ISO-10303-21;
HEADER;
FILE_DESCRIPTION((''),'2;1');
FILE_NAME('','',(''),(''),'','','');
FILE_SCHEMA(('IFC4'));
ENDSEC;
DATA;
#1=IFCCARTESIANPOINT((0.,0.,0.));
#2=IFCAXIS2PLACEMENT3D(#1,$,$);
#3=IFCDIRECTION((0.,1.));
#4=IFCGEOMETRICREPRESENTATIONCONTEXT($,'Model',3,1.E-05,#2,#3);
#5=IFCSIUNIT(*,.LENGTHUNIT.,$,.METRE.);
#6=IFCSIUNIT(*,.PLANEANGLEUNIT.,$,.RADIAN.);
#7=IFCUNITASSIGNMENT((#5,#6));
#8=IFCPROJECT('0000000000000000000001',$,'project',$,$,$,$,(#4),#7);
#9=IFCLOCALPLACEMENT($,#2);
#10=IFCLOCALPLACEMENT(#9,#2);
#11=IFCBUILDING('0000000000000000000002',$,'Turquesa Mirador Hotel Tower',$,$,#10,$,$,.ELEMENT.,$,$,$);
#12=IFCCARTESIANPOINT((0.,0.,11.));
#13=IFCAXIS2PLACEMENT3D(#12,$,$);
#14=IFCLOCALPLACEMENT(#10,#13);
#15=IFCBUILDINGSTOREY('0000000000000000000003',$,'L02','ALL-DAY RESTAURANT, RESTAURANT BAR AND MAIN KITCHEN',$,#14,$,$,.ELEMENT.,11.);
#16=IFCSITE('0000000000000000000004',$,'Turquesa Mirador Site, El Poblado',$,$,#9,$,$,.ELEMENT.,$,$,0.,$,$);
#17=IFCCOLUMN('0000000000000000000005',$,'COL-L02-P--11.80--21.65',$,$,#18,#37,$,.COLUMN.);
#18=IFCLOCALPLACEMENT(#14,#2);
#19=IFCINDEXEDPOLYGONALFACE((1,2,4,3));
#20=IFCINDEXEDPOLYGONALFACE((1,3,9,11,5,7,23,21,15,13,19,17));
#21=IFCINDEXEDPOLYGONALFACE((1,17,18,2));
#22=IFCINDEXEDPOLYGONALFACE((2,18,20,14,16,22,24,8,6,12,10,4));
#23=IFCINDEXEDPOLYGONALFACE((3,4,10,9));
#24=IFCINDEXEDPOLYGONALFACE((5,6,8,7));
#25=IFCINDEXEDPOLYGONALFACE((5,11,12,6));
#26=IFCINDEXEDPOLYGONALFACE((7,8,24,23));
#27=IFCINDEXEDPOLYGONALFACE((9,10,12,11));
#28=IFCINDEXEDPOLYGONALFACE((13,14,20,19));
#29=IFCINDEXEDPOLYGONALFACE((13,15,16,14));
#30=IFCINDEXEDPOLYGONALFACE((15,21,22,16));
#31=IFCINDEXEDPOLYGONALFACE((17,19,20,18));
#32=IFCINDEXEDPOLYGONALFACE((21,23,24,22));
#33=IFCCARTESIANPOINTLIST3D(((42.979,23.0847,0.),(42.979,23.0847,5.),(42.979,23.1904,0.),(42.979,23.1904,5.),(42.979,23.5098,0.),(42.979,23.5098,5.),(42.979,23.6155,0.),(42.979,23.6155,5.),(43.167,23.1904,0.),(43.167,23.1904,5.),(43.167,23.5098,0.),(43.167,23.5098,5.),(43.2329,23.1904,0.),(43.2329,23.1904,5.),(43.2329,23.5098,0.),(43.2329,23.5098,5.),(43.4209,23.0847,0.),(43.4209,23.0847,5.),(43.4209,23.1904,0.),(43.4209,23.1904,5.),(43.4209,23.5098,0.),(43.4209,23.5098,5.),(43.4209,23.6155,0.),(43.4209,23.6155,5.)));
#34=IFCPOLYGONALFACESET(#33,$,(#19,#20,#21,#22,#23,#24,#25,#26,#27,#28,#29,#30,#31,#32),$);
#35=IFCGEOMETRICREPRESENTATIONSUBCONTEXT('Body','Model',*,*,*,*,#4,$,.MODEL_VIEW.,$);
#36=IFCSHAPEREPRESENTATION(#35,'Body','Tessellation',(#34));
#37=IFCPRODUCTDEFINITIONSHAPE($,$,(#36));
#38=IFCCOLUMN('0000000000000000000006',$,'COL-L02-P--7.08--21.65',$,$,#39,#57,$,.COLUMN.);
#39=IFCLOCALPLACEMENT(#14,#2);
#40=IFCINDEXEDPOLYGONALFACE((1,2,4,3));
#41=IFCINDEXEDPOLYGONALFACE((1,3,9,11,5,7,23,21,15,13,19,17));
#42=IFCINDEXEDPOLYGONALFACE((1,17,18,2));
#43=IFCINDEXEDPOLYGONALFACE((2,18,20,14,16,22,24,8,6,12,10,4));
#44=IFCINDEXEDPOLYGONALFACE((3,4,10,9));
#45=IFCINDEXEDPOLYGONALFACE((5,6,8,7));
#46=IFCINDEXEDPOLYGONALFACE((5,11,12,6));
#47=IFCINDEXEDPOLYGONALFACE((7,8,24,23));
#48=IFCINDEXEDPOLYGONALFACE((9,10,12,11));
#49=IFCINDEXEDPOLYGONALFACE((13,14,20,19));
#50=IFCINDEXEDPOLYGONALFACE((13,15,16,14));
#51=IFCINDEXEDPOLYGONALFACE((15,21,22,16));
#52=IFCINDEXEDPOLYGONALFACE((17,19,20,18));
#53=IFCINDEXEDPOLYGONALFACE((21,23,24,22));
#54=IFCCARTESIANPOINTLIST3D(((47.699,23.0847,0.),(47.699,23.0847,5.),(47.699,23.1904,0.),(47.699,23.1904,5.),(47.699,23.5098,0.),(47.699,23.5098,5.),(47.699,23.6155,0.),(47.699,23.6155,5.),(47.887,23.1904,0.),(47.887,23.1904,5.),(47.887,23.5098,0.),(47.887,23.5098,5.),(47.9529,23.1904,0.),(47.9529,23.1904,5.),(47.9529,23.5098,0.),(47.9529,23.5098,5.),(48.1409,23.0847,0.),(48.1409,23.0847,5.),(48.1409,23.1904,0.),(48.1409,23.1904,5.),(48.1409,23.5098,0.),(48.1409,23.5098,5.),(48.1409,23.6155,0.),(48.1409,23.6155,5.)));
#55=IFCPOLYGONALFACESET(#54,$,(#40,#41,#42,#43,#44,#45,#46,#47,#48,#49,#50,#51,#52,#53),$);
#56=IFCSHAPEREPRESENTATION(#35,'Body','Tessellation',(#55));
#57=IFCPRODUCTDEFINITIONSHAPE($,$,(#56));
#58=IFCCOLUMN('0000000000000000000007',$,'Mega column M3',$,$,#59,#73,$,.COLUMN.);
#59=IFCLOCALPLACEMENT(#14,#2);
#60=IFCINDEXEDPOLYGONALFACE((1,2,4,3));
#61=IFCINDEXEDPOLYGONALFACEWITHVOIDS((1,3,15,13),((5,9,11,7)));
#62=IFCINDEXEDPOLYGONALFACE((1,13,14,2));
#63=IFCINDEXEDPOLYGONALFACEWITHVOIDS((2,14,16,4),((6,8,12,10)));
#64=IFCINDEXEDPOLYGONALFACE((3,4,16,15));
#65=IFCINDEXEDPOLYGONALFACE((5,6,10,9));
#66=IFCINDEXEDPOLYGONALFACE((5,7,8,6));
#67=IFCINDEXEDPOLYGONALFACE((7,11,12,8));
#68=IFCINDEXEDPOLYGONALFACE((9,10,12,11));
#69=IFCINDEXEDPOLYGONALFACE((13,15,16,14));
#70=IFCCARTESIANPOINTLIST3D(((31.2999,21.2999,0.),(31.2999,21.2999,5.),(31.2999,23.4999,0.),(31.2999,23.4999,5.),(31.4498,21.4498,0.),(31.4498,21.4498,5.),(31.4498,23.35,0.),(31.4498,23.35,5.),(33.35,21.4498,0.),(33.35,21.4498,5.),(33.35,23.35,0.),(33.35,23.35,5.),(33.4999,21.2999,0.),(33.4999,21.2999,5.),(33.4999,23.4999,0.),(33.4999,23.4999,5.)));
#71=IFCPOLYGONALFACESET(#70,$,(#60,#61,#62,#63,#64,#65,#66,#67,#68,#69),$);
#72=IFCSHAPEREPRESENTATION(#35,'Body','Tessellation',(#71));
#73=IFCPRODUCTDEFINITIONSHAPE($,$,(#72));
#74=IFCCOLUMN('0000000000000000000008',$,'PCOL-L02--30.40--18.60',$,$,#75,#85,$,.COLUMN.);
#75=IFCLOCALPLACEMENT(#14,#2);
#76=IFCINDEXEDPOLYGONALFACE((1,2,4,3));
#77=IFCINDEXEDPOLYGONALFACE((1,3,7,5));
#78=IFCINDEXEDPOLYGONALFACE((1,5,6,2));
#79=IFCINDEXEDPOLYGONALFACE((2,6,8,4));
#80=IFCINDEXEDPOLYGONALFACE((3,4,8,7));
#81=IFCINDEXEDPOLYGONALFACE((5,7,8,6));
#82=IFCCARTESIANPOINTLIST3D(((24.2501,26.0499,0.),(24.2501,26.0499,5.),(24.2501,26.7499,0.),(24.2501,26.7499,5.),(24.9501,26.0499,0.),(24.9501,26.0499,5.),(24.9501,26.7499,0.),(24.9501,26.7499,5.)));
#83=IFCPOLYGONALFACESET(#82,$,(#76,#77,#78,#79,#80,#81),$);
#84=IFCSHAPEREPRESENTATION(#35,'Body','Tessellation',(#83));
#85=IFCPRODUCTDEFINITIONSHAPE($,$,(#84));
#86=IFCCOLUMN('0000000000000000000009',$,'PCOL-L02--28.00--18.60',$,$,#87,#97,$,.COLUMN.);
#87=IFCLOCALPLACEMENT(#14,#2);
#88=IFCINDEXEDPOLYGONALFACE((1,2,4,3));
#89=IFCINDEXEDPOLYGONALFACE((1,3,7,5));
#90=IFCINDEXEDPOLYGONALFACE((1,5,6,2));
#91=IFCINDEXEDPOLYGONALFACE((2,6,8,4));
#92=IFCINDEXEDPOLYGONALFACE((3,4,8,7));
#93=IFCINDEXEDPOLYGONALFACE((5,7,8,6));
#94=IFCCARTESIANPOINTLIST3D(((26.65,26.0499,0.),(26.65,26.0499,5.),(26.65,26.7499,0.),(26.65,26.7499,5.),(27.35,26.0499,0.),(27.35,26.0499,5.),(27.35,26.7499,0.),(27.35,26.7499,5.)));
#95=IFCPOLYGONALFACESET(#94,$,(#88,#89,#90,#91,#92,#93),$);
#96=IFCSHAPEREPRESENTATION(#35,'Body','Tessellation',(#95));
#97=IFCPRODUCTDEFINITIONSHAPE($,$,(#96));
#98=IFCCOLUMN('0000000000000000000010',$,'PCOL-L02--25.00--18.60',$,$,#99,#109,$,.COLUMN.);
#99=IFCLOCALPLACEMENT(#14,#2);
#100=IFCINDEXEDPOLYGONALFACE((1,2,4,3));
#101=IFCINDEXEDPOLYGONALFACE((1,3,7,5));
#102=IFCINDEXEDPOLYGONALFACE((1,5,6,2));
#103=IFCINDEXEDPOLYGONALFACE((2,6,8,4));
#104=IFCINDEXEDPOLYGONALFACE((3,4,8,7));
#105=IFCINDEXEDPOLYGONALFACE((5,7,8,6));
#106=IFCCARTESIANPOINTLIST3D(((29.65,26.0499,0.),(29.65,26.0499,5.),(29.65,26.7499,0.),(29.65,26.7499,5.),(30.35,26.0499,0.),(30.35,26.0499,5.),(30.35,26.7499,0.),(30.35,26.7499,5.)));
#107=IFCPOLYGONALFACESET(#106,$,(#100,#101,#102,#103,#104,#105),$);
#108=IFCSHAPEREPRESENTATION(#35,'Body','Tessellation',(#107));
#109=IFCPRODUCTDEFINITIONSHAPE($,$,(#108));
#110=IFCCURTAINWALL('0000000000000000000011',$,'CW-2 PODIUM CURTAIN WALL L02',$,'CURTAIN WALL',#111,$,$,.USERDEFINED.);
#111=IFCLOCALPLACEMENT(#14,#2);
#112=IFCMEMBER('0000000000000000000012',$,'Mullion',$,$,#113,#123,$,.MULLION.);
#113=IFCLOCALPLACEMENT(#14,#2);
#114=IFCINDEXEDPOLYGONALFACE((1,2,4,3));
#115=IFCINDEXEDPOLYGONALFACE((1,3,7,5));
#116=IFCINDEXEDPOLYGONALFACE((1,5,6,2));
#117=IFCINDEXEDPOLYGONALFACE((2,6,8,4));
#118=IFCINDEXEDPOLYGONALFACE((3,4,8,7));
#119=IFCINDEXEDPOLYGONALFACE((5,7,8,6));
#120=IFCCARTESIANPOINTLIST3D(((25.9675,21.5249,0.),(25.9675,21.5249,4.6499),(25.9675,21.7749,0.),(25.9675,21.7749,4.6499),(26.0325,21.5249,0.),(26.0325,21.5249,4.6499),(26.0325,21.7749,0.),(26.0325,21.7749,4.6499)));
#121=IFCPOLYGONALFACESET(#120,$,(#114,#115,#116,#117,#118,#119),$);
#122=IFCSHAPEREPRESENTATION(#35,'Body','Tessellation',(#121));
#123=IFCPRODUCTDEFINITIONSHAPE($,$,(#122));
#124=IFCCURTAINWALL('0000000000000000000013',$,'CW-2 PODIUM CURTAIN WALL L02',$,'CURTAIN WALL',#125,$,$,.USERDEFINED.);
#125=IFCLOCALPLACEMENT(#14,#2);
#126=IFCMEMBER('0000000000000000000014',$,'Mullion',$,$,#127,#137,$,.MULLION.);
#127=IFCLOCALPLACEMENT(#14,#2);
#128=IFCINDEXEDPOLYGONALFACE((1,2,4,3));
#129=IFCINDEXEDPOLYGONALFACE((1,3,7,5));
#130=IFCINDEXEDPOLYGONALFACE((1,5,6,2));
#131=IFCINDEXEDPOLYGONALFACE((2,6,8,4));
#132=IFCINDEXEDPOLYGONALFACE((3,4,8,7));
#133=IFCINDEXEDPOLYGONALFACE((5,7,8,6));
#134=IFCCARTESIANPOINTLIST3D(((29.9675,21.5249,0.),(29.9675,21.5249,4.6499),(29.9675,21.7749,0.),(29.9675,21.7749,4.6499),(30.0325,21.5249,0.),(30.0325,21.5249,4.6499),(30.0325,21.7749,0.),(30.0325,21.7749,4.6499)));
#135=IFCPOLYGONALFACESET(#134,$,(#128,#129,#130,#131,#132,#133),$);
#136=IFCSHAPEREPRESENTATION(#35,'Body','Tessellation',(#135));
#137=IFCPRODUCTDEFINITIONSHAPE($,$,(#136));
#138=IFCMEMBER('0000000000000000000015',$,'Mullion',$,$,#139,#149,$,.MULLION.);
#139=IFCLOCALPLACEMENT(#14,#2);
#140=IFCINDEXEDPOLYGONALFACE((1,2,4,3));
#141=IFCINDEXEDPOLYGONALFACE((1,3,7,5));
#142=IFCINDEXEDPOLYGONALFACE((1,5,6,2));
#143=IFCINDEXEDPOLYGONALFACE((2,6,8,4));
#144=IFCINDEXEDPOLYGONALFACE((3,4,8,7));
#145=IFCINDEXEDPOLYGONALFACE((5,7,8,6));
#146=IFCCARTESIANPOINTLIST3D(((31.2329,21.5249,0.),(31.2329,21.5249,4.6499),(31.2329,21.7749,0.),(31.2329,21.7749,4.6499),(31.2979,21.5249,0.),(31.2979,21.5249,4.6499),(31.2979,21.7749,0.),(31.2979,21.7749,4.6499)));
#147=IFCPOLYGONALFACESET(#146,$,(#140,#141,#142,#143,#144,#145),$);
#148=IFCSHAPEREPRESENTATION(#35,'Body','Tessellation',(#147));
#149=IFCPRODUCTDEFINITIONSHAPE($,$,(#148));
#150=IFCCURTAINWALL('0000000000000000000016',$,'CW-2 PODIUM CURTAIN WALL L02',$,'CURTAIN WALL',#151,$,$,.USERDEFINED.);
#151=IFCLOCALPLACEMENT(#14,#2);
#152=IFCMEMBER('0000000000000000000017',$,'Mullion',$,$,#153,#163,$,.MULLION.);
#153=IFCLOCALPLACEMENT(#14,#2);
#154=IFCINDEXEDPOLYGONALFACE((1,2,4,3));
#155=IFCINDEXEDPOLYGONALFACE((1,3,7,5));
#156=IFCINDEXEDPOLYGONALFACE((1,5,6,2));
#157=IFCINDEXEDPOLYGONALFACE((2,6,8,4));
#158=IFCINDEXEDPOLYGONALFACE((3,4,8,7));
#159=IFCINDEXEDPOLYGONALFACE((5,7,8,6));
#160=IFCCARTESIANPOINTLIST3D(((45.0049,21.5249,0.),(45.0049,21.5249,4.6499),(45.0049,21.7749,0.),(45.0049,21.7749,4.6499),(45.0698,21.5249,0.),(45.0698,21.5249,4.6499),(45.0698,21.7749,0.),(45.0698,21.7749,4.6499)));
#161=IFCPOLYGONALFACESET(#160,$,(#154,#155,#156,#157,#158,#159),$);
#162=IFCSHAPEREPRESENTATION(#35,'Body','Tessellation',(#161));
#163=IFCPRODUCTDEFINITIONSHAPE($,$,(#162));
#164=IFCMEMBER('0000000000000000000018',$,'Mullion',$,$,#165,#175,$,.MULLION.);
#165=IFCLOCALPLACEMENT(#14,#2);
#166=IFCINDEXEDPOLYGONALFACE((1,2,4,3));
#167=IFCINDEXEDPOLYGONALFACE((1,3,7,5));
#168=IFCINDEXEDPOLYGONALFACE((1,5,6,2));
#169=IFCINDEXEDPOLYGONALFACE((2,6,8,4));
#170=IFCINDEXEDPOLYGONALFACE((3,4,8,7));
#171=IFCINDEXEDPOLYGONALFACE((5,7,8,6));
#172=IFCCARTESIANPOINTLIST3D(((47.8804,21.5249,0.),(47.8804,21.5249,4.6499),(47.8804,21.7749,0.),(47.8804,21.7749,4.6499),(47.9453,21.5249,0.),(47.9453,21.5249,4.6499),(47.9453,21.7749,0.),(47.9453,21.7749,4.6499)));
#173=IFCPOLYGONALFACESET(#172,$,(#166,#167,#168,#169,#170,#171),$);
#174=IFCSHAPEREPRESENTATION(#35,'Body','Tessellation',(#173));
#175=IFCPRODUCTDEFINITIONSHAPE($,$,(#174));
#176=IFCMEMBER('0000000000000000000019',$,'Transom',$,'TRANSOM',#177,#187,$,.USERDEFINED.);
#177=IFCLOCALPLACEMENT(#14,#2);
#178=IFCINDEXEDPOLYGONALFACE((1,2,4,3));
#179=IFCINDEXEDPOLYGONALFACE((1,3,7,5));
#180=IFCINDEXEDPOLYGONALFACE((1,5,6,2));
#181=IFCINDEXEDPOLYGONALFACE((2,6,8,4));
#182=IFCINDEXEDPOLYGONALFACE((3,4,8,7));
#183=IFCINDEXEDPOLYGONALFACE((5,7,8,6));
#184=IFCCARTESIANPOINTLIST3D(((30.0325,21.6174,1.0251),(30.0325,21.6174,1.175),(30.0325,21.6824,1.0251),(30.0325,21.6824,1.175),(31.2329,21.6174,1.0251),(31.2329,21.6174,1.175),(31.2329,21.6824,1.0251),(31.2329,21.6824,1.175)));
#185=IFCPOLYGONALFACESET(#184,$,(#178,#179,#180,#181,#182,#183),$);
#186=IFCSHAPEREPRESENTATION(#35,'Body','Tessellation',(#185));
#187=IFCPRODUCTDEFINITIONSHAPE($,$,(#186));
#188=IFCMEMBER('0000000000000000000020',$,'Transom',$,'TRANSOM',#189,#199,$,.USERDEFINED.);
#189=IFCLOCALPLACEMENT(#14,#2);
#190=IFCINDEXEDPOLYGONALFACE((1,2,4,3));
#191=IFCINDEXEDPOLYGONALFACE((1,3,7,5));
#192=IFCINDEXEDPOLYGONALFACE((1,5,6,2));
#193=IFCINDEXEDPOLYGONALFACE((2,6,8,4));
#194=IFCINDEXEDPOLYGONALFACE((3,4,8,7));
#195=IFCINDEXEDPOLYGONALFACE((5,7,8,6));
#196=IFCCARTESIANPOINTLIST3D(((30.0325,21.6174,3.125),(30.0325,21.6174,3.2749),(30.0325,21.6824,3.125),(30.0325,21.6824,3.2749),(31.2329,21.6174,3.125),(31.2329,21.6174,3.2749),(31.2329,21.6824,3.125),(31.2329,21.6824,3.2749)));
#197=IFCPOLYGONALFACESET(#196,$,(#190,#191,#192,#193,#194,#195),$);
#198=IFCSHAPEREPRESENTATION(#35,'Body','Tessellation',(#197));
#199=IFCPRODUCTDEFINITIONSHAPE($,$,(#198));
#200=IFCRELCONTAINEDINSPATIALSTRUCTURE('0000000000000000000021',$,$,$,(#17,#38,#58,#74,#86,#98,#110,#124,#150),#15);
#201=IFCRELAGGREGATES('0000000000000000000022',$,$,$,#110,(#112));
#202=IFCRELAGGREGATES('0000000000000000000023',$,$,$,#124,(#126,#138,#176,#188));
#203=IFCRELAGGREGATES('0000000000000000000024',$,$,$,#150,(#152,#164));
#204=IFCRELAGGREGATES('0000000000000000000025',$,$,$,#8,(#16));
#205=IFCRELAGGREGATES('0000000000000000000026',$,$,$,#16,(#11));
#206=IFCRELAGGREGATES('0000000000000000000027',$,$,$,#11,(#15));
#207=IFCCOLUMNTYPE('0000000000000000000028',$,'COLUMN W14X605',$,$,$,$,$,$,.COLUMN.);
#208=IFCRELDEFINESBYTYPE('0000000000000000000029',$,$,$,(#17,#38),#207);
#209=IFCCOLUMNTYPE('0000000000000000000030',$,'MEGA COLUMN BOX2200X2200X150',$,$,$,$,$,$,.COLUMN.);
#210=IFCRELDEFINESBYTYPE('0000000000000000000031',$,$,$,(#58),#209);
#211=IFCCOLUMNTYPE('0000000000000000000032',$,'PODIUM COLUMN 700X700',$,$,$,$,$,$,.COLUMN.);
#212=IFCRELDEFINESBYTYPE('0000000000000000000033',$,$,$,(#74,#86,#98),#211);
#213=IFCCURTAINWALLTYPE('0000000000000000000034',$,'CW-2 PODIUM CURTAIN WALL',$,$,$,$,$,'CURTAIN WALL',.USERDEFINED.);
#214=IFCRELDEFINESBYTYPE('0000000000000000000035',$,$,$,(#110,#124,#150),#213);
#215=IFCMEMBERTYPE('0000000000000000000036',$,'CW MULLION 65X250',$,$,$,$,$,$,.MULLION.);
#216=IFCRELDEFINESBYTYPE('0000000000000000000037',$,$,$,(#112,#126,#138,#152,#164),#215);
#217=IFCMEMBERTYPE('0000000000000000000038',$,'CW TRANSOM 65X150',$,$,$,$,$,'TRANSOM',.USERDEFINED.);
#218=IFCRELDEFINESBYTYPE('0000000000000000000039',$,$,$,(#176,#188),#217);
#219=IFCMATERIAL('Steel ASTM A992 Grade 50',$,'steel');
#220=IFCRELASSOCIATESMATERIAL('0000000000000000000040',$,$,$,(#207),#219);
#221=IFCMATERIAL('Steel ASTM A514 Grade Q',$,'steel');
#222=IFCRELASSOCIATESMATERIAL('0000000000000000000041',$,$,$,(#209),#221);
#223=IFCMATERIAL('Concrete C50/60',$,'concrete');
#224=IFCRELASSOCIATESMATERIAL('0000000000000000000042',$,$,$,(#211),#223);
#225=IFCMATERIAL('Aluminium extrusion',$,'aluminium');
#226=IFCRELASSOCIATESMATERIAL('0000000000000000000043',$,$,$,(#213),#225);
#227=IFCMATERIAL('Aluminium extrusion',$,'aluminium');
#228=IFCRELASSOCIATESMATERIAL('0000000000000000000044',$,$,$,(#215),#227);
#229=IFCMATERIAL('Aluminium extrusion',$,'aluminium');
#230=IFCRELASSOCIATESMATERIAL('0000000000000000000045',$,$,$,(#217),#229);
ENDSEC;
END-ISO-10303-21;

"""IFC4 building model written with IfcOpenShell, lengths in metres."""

from ifc_helpers import new_model, si_unit, direction, frame, origin, origin_2d, place, context, subcontext, project, spatial, rectangle, hollow_rectangle, i_section, extrude, material, material_profile, profile_set, type_object, element, aggregate, save


model = new_model("IFC4")

# Units and contexts
model_context = context("Model", 3, precision=1e-05, world=origin(), true_north=direction((0.0, 1.0)))
body_context = subcontext(model_context, "Body", "Model", "MODEL_VIEW")
ifc_project = project(units=[si_unit("LENGTHUNIT", "METRE"), si_unit("PLANEANGLEUNIT", "RADIAN")], contexts=[model_context])

# Site, building, storey
site_placement = place(None, origin())
site = spatial("IfcSite", under=ifc_project, at=site_placement, Name="Turquesa Mirador Site, El Poblado", CompositionType="ELEMENT", RefElevation=0.0)
building_placement = place(site_placement, origin())
building = spatial("IfcBuilding", under=site, at=building_placement, Name="Turquesa Mirador Hotel Tower", CompositionType="ELEMENT")
storey_placement = place(building_placement, frame((0.0, 0.0, 11.0)))
storey = spatial("IfcBuildingStorey", under=building, at=storey_placement, Name="L02", Description="ALL-DAY RESTAURANT, RESTAURANT BAR AND MAIN KITCHEN", CompositionType="ELEMENT", Elevation=11.0)

# Columns
ifc_material_1 = material(Name="Steel ASTM A992 Grade 50", Category="steel")
ifc_material_profile_1 = material_profile(ifc_material_1, i_section(OverallWidth=0.4419, OverallDepth=0.5308, WebThickness=0.0659, FlangeThickness=0.1057, at=origin_2d()), Name="W14X605")
ifc_profile_set_1 = profile_set([ifc_material_profile_1], Name="Steel ASTM A992 Grade 50")
column_type_1 = type_object("IfcColumnType", Name="COLUMN W14X605", PredefinedType="COLUMN", material=ifc_profile_set_1)
for number, where, z_axis, x_axis, name in (
    (1, (43.2, 23.3501, 0.0), (0.0, 0.0, 1.0), (1.0, 0.0, 0.0), "COL-L02-P--11.80--21.65"),
    (2, (47.9199, 23.3501, 0.0), (0.0, 0.0, 1.0), (1.0, 0.0, 0.0), "COL-L02-P--7.08--21.65"),
):
    element("IfcColumn", number, at=place(storey_placement, frame(where, z_axis=z_axis, x_axis=x_axis)), inside=storey, type_object=column_type_1, Name=name, PredefinedType="COLUMN", context=body_context, shape_type="SweptSolid", body=[
        extrude(i_section(OverallWidth=0.4419, OverallDepth=0.5308, WebThickness=0.0659, FlangeThickness=0.1057, at=origin_2d()), origin(), (0.0, 0.0, 1.0), 5.0),
    ])
ifc_material_2 = material(Name="Steel ASTM A514 Grade Q", Category="steel")
ifc_material_profile_2 = material_profile(ifc_material_2, hollow_rectangle(XDim=2.2, YDim=2.2, WallThickness=0.1499, at=origin_2d()), Name="BOX2200X2200X150")
ifc_profile_set_2 = profile_set([ifc_material_profile_2], Name="Steel ASTM A514 Grade Q")
column_type_2 = type_object("IfcColumnType", Name="MEGA COLUMN BOX2200X2200X150", PredefinedType="COLUMN", material=ifc_profile_set_2)
column_placement = place(storey_placement, frame((32.3999, 22.3999, 0.0), z_axis=(0.0, 0.0, 1.0), x_axis=(1.0, 0.0, 0.0)))
element("IfcColumn", 3, at=column_placement, inside=storey, type_object=column_type_2, Name="Mega column M3", PredefinedType="COLUMN", context=body_context, shape_type="SweptSolid", body=[
    extrude(hollow_rectangle(XDim=2.2, YDim=2.2, WallThickness=0.1499, at=origin_2d()), origin(), (0.0, 0.0, 1.0), 5.0),
])
ifc_material_3 = material(Name="Concrete C50/60", Category="concrete")
ifc_material_profile_3 = material_profile(ifc_material_3, rectangle(XDim=0.7, YDim=0.7, at=origin_2d()), Name="RC 700X700")
ifc_profile_set_3 = profile_set([ifc_material_profile_3], Name="Concrete C50/60")
column_type_3 = type_object("IfcColumnType", Name="PODIUM COLUMN 700X700", PredefinedType="COLUMN", material=ifc_profile_set_3)
for number, where, z_axis, x_axis, name in (
    (4, (24.6001, 26.3999, 0.0), (0.0, 0.0, 1.0), (1.0, 0.0, 0.0), "PCOL-L02--30.40--18.60"),
    (5, (27.0, 26.3999, 0.0), (0.0, 0.0, 1.0), (1.0, 0.0, 0.0), "PCOL-L02--28.00--18.60"),
    (6, (30.0, 26.3999, 0.0), (0.0, 0.0, 1.0), (1.0, 0.0, 0.0), "PCOL-L02--25.00--18.60"),
):
    element("IfcColumn", number, at=place(storey_placement, frame(where, z_axis=z_axis, x_axis=x_axis)), inside=storey, type_object=column_type_3, Name=name, PredefinedType="COLUMN", context=body_context, shape_type="SweptSolid", body=[
        extrude(rectangle(XDim=0.7, YDim=0.7, at=origin_2d()), origin(), (0.0, 0.0, 1.0), 5.0),
    ])

# Curtain wall, member
ifc_material_4 = material(Name="Aluminium extrusion", Category="aluminium")
curtain_wall_type = type_object("IfcCurtainWallType", Name="CW-2 PODIUM CURTAIN WALL", ElementType="CURTAIN WALL", PredefinedType="USERDEFINED", material=ifc_material_4)
curtain_wall_1_placement = place(storey_placement, origin())
curtain_wall_1 = element("IfcCurtainWall", 7, at=curtain_wall_1_placement, inside=storey, type_object=curtain_wall_type, Name="CW-2 PODIUM CURTAIN WALL L02", ObjectType="CURTAIN WALL", PredefinedType="USERDEFINED")
ifc_material_5 = material(Name="Aluminium extrusion", Category="aluminium")
ifc_material_profile_4 = material_profile(ifc_material_5, rectangle(XDim=0.0649, YDim=0.25, at=origin_2d()), Name="MULLION 65X250")
ifc_profile_set_4 = profile_set([ifc_material_profile_4], Name="Aluminium extrusion")
member_type_1 = type_object("IfcMemberType", Name="CW MULLION 65X250", PredefinedType="MULLION", material=ifc_profile_set_4)
member_1_placement = place(storey_placement, frame((26.0, 21.6499, 0.0), z_axis=(0.0, 0.0, 1.0), x_axis=(1.0, 0.0, 0.0)))
member_1 = element("IfcMember", 8, at=member_1_placement, type_object=member_type_1, Name="Mullion", PredefinedType="MULLION", context=body_context, shape_type="SweptSolid", body=[
    extrude(rectangle(XDim=0.0649, YDim=0.25, at=origin_2d()), origin(), (0.0, 0.0, 1.0), 4.6499),
])

# Curtain walls, members
curtain_wall_2_placement = place(storey_placement, origin())
curtain_wall_2 = element("IfcCurtainWall", 9, at=curtain_wall_2_placement, inside=storey, type_object=curtain_wall_type, Name="CW-2 PODIUM CURTAIN WALL L02", ObjectType="CURTAIN WALL", PredefinedType="USERDEFINED")
member_2_placement = place(storey_placement, frame((30.0, 21.6499, 0.0), z_axis=(0.0, 0.0, 1.0), x_axis=(1.0, 0.0, 0.0)))
member_2 = element("IfcMember", 10, at=member_2_placement, type_object=member_type_1, Name="Mullion", PredefinedType="MULLION", context=body_context, shape_type="SweptSolid", body=[
    extrude(rectangle(XDim=0.0649, YDim=0.25, at=origin_2d()), origin(), (0.0, 0.0, 1.0), 4.6499),
])
member_3_placement = place(storey_placement, frame((31.2654, 21.6499, 0.0), z_axis=(0.0, 0.0, 1.0), x_axis=(1.0, 0.0, 0.0)))
member_3 = element("IfcMember", 11, at=member_3_placement, type_object=member_type_1, Name="Mullion", PredefinedType="MULLION", context=body_context, shape_type="SweptSolid", body=[
    extrude(rectangle(XDim=0.0649, YDim=0.25, at=origin_2d()), origin(), (0.0, 0.0, 1.0), 4.6499),
])
curtain_wall_3_placement = place(storey_placement, origin())
curtain_wall_3 = element("IfcCurtainWall", 12, at=curtain_wall_3_placement, inside=storey, type_object=curtain_wall_type, Name="CW-2 PODIUM CURTAIN WALL L02", ObjectType="CURTAIN WALL", PredefinedType="USERDEFINED")
member_4_placement = place(storey_placement, frame((45.0374, 21.6499, 0.0), z_axis=(0.0, 0.0, 1.0), x_axis=(1.0, 0.0, 0.0)))
member_4 = element("IfcMember", 13, at=member_4_placement, type_object=member_type_1, Name="Mullion", PredefinedType="MULLION", context=body_context, shape_type="SweptSolid", body=[
    extrude(rectangle(XDim=0.0649, YDim=0.25, at=origin_2d()), origin(), (0.0, 0.0, 1.0), 4.6499),
])
member_5_placement = place(storey_placement, frame((47.9128, 21.6499, 0.0), z_axis=(0.0, 0.0, 1.0), x_axis=(1.0, 0.0, 0.0)))
member_5 = element("IfcMember", 14, at=member_5_placement, type_object=member_type_1, Name="Mullion", PredefinedType="MULLION", context=body_context, shape_type="SweptSolid", body=[
    extrude(rectangle(XDim=0.0649, YDim=0.25, at=origin_2d()), origin(), (0.0, 0.0, 1.0), 4.6499),
])

# Members
ifc_material_6 = material(Name="Aluminium extrusion", Category="aluminium")
ifc_material_profile_5 = material_profile(ifc_material_6, rectangle(XDim=0.0649, YDim=0.1499, at=origin_2d()), Name="TRANSOM 65X150")
ifc_profile_set_5 = profile_set([ifc_material_profile_5], Name="Aluminium extrusion")
member_type_2 = type_object("IfcMemberType", Name="CW TRANSOM 65X150", ElementType="TRANSOM", PredefinedType="USERDEFINED", material=ifc_profile_set_5)
member_6_placement = place(storey_placement, frame((30.0325, 21.6499, 1.1001), z_axis=(1.0, 0.0, 0.0), x_axis=(0.0, 1.0, 0.0)))
member_6 = element("IfcMember", 15, at=member_6_placement, type_object=member_type_2, Name="Transom", ObjectType="TRANSOM", PredefinedType="USERDEFINED", context=body_context, shape_type="SweptSolid", body=[
    extrude(rectangle(XDim=0.0649, YDim=0.1499, at=origin_2d()), origin(), (0.0, 0.0, 1.0), 1.2004),
])
member_7_placement = place(storey_placement, frame((30.0325, 21.6499, 3.2), z_axis=(1.0, 0.0, 0.0), x_axis=(0.0, 1.0, 0.0)))
member_7 = element("IfcMember", 16, at=member_7_placement, type_object=member_type_2, Name="Transom", ObjectType="TRANSOM", PredefinedType="USERDEFINED", context=body_context, shape_type="SweptSolid", body=[
    extrude(rectangle(XDim=0.0649, YDim=0.1499, at=origin_2d()), origin(), (0.0, 0.0, 1.0), 1.2004),
])

aggregate(curtain_wall_1, [member_1])
aggregate(curtain_wall_2, [member_2, member_3, member_6, member_7])
aggregate(curtain_wall_3, [member_4, member_5])

save(model, "model.ifc")
